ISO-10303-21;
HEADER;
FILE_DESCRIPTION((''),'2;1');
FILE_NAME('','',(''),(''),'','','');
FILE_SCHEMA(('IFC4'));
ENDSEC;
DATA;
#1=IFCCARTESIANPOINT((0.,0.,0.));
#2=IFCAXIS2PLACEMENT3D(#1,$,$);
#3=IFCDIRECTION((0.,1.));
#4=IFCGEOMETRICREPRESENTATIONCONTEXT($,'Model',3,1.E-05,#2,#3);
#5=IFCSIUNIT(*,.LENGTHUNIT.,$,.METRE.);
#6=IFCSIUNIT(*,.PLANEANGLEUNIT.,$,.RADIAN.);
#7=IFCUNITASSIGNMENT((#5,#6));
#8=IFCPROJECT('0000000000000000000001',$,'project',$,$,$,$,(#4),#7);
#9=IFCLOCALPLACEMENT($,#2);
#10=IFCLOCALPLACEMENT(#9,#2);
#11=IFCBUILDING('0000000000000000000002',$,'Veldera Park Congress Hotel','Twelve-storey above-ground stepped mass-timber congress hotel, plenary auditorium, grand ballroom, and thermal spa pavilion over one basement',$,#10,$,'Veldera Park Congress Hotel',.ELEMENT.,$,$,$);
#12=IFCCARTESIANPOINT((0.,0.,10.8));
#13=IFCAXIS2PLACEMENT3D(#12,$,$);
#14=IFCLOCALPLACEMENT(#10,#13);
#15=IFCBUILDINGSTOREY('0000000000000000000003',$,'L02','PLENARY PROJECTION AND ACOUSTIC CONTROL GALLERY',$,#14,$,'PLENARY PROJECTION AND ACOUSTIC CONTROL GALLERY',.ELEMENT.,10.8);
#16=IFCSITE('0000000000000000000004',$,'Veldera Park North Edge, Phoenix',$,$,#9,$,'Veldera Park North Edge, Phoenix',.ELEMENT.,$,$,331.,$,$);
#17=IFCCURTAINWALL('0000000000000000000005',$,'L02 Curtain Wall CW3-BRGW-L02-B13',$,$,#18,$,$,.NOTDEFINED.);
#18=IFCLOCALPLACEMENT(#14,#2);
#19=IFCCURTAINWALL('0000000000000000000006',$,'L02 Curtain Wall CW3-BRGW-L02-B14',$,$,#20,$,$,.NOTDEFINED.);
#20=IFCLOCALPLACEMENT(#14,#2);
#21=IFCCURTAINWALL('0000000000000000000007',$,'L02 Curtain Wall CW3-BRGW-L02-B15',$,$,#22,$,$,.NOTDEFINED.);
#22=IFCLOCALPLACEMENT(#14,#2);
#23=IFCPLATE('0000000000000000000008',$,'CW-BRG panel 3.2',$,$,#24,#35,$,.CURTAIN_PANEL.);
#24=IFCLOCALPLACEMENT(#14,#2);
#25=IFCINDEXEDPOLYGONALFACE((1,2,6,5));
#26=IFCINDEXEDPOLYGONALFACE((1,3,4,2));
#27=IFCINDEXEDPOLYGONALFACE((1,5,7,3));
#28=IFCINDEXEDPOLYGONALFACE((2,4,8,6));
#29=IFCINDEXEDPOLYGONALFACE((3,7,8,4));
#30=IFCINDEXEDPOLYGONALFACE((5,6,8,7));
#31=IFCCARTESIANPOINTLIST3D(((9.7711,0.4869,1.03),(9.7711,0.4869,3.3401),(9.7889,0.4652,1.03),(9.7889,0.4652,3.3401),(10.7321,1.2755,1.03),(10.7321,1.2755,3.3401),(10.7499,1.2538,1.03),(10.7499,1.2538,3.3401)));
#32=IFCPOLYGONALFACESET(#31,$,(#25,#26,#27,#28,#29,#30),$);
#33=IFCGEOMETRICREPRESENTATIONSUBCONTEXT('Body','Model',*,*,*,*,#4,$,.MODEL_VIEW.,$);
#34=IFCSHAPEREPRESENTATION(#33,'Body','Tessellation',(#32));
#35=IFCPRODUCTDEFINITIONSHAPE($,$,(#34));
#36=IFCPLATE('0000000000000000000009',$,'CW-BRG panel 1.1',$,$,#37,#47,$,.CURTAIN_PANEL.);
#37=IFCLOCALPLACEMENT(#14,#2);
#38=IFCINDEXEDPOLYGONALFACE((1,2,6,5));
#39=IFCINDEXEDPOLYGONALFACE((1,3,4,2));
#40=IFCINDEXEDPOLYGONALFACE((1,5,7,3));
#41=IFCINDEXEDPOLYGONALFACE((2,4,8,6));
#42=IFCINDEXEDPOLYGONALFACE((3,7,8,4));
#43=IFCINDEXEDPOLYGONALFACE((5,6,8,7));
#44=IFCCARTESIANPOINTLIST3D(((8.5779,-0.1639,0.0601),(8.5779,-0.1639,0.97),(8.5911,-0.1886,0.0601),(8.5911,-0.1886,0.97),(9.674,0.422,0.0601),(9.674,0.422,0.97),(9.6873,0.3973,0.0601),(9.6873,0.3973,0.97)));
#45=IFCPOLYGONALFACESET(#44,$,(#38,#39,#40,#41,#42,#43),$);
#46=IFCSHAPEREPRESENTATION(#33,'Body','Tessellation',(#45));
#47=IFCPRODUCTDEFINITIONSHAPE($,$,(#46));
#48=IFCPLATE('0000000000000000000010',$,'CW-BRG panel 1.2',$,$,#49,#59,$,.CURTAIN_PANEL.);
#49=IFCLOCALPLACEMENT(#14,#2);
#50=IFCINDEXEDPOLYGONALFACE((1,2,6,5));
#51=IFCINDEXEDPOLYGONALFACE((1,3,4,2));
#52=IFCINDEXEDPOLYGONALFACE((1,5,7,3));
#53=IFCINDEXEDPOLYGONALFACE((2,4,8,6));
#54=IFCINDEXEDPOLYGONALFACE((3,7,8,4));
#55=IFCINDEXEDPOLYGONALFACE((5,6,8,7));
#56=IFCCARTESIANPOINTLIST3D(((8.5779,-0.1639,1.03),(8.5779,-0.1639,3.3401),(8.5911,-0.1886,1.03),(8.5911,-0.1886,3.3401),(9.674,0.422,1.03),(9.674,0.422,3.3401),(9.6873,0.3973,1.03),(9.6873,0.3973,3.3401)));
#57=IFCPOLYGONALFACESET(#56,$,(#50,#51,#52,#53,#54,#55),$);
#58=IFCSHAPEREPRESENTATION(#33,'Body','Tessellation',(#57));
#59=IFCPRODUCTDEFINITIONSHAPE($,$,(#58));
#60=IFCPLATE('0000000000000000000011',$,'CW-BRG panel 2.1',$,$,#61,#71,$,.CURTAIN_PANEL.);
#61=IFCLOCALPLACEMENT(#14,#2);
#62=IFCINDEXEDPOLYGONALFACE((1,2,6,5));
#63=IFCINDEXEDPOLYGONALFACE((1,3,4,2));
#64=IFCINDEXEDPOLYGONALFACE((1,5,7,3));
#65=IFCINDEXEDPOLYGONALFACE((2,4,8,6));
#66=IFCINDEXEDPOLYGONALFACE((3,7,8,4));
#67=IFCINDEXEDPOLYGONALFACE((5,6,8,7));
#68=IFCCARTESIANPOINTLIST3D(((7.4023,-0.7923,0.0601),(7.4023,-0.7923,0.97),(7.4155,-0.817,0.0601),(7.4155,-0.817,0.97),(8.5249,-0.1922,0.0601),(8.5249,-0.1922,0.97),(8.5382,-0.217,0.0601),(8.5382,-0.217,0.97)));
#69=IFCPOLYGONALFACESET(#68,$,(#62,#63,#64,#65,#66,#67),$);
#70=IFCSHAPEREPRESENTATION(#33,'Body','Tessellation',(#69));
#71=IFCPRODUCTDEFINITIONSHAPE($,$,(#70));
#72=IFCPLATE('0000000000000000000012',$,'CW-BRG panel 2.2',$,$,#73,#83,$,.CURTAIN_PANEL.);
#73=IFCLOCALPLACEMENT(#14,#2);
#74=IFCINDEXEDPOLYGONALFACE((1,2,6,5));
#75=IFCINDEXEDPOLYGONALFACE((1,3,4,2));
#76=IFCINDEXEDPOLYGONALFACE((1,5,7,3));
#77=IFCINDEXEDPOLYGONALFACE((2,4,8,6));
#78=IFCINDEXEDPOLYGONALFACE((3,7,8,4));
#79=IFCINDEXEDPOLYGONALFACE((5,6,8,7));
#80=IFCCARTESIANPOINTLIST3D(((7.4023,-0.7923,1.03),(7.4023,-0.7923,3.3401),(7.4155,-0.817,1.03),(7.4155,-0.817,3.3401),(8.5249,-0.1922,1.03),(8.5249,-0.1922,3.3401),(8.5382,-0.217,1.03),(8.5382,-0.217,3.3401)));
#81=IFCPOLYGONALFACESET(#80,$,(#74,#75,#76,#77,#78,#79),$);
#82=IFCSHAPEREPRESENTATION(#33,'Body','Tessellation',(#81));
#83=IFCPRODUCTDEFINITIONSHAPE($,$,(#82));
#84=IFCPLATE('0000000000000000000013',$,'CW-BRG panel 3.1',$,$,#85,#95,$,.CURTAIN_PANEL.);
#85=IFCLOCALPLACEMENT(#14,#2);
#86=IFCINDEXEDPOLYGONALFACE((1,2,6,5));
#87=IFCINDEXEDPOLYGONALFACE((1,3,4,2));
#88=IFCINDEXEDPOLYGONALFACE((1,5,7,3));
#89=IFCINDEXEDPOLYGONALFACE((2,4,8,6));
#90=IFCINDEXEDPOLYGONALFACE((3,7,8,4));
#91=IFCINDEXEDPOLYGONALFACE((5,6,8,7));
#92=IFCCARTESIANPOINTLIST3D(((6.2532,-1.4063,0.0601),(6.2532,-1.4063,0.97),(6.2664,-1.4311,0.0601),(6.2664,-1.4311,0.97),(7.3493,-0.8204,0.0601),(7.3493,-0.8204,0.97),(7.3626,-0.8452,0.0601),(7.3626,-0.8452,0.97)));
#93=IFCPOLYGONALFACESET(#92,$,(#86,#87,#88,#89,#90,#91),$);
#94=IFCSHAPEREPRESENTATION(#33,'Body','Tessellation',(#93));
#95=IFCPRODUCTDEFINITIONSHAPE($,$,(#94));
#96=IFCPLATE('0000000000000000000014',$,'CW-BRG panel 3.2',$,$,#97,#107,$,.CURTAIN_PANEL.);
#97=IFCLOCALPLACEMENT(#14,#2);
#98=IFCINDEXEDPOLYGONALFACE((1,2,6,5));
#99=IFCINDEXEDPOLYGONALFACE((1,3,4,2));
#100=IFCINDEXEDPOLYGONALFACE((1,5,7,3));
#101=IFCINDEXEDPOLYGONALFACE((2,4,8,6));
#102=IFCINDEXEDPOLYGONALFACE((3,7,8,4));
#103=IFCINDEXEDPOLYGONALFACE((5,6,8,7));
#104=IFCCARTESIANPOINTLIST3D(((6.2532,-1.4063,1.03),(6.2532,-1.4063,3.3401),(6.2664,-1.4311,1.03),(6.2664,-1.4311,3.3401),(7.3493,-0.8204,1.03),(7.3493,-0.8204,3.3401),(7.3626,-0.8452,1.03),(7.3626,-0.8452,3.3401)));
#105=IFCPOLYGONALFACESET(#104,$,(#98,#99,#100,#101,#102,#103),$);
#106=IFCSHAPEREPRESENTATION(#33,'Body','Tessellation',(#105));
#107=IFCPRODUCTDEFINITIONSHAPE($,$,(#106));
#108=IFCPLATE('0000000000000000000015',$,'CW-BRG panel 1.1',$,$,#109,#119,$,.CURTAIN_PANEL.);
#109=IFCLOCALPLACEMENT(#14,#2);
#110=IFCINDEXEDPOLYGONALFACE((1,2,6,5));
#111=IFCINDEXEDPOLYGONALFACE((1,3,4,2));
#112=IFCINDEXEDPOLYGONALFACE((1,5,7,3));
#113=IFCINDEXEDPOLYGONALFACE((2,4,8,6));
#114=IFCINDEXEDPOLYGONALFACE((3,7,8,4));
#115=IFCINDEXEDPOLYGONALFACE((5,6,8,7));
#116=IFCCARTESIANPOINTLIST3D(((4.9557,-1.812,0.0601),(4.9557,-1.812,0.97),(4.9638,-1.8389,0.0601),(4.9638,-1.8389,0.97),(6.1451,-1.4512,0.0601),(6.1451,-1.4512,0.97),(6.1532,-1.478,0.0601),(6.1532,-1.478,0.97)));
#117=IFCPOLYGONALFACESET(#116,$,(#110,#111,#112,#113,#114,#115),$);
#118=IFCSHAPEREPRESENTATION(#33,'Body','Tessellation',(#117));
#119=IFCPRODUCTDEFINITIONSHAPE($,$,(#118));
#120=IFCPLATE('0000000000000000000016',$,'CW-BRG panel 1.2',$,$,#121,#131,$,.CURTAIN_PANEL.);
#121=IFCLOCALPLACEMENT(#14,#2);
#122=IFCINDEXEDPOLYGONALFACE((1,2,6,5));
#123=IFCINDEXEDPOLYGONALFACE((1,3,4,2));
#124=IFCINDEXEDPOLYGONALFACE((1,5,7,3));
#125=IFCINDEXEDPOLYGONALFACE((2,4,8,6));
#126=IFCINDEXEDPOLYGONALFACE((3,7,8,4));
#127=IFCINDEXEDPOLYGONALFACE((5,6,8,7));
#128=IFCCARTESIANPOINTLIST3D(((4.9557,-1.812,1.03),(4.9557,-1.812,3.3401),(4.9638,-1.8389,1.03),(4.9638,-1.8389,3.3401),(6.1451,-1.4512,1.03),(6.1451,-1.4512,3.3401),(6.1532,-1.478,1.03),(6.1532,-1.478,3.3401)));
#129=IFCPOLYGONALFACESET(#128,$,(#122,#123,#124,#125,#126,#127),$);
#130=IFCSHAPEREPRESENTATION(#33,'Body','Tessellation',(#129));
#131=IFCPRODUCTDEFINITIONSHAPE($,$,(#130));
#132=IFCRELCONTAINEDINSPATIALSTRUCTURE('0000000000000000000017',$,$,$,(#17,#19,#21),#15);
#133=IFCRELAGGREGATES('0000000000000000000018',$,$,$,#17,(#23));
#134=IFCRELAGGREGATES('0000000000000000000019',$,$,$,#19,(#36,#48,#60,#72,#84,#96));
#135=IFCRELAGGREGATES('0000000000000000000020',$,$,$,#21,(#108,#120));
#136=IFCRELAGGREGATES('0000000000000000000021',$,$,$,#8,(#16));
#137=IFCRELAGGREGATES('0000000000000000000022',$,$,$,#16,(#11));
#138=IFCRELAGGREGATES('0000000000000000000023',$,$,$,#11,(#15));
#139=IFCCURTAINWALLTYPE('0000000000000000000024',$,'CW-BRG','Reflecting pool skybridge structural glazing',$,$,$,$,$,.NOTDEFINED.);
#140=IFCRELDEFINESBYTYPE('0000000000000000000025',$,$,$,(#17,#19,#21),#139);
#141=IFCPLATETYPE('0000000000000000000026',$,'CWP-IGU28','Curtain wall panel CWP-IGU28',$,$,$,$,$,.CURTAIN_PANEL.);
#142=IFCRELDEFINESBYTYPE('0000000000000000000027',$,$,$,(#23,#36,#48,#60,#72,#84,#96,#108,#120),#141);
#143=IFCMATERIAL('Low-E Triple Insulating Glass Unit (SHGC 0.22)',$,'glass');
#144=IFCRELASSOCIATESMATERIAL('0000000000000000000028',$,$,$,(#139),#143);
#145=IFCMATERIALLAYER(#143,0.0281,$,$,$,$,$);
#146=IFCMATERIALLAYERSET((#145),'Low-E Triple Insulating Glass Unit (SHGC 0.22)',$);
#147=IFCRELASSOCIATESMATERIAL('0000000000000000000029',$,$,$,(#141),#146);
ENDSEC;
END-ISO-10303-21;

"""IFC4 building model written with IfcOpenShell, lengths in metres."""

from ifc_helpers import new_model, si_unit, direction, frame, origin, origin_2d, place, context, subcontext, project, spatial, rectangle, extrude, material, layer, layer_set, type_object, element, aggregate, save


model = new_model("IFC4")

# Units and contexts
model_context = context("Model", 3, precision=1e-05, world=origin(), true_north=direction((0.0, 1.0)))
body_context = subcontext(model_context, "Body", "Model", "MODEL_VIEW")
ifc_project = project(units=[si_unit("LENGTHUNIT", "METRE"), si_unit("PLANEANGLEUNIT", "RADIAN")], contexts=[model_context])

# Site, building, storey
site_placement = place(None, origin())
site = spatial("IfcSite", under=ifc_project, at=site_placement, Name="Veldera Park North Edge, Phoenix", LongName="Veldera Park North Edge, Phoenix", CompositionType="ELEMENT", RefElevation=331.0)
building_placement = place(site_placement, origin())
building = spatial("IfcBuilding", under=site, at=building_placement, Name="Veldera Park Congress Hotel", Description="Twelve-storey above-ground stepped mass-timber congress hotel, plenary auditorium, grand ballroom, and thermal spa pavilion over one basement", LongName="Veldera Park Congress Hotel", CompositionType="ELEMENT")
storey_placement = place(building_placement, frame((0.0, 0.0, 10.8)))
storey = spatial("IfcBuildingStorey", under=building, at=storey_placement, Name="L02", Description="PLENARY PROJECTION AND ACOUSTIC CONTROL GALLERY", LongName="PLENARY PROJECTION AND ACOUSTIC CONTROL GALLERY", CompositionType="ELEMENT", Elevation=10.8)

# Curtain wall
ifc_material_1 = material(Name="Low-E Triple Insulating Glass Unit (SHGC 0.22)", Category="glass")
curtain_wall_type = type_object("IfcCurtainWallType", Name="CW-BRG", Description="Reflecting pool skybridge structural glazing", PredefinedType="NOTDEFINED", material=ifc_material_1)
curtain_wall_1_placement = place(storey_placement, origin())
curtain_wall_1 = element("IfcCurtainWall", 1, at=curtain_wall_1_placement, inside=storey, type_object=curtain_wall_type, Name="L02 Curtain Wall CW3-BRGW-L02-B13", PredefinedType="NOTDEFINED")

# Curtain walls
curtain_wall_2_placement = place(storey_placement, origin())
curtain_wall_2 = element("IfcCurtainWall", 2, at=curtain_wall_2_placement, inside=storey, type_object=curtain_wall_type, Name="L02 Curtain Wall CW3-BRGW-L02-B14", PredefinedType="NOTDEFINED")
curtain_wall_3_placement = place(storey_placement, origin())
curtain_wall_3 = element("IfcCurtainWall", 3, at=curtain_wall_3_placement, inside=storey, type_object=curtain_wall_type, Name="L02 Curtain Wall CW3-BRGW-L02-B15", PredefinedType="NOTDEFINED")

# Plates
ifc_layer = layer(ifc_material_1, 0.0281)
ifc_layer_set = layer_set([ifc_layer], Name="Low-E Triple Insulating Glass Unit (SHGC 0.22)")
plate_type = type_object("IfcPlateType", Name="CWP-IGU28", Description="Curtain wall panel CWP-IGU28", PredefinedType="CURTAIN_PANEL", material=ifc_layer_set)
plate_1_placement = place(storey_placement, frame((10.2605, 0.8704, 1.03), z_axis=(0.0, 0.0, 1.0), x_axis=(-0.773016, -0.634386, 0.0)))
plate_1 = element("IfcPlate", 4, at=plate_1_placement, type_object=plate_type, Name="CW-BRG panel 3.2", PredefinedType="CURTAIN_PANEL", context=body_context, shape_type="SweptSolid", body=[
    extrude(rectangle(XDim=1.2432, YDim=0.0281, at=origin_2d()), origin(), (0.0, 0.0, 1.0), 2.3101),
])
aggregate(curtain_wall_1, [plate_1])
plate_2_placement = place(storey_placement, frame((9.1326, 0.1167, 0.0601), z_axis=(0.0, 0.0, 1.0), x_axis=(-0.881928, -0.471384, 0.0)))
plate_2 = element("IfcPlate", 5, at=plate_2_placement, type_object=plate_type, Name="CW-BRG panel 1.1", PredefinedType="CURTAIN_PANEL", context=body_context, shape_type="SweptSolid", body=[
    extrude(rectangle(XDim=1.2429, YDim=0.0281, at=origin_2d()), origin(), (0.0, 0.0, 1.0), 0.9099),
])
plate_3_placement = place(storey_placement, frame((9.1326, 0.1167, 1.03), z_axis=(0.0, 0.0, 1.0), x_axis=(-0.881928, -0.471384, 0.0)))
plate_3 = element("IfcPlate", 6, at=plate_3_placement, type_object=plate_type, Name="CW-BRG panel 1.2", PredefinedType="CURTAIN_PANEL", context=body_context, shape_type="SweptSolid", body=[
    extrude(rectangle(XDim=1.2429, YDim=0.0281, at=origin_2d()), origin(), (0.0, 0.0, 1.0), 2.3101),
])
plate_4_placement = place(storey_placement, frame((7.9702, -0.5046, 0.0601), z_axis=(0.0, 0.0, 1.0), x_axis=(-0.881928, -0.471384, 0.0)))
plate_4 = element("IfcPlate", 7, at=plate_4_placement, type_object=plate_type, Name="CW-BRG panel 2.1", PredefinedType="CURTAIN_PANEL", context=body_context, shape_type="SweptSolid", body=[
    extrude(rectangle(XDim=1.2729, YDim=0.0281, at=origin_2d()), origin(), (0.0, 0.0, 1.0), 0.9099),
])
plate_5_placement = place(storey_placement, frame((7.9702, -0.5046, 1.03), z_axis=(0.0, 0.0, 1.0), x_axis=(-0.881928, -0.471384, 0.0)))
plate_5 = element("IfcPlate", 8, at=plate_5_placement, type_object=plate_type, Name="CW-BRG panel 2.2", PredefinedType="CURTAIN_PANEL", context=body_context, shape_type="SweptSolid", body=[
    extrude(rectangle(XDim=1.2729, YDim=0.0281, at=origin_2d()), origin(), (0.0, 0.0, 1.0), 2.3101),
])
plate_6_placement = place(storey_placement, frame((6.8079, -1.1257, 0.0601), z_axis=(0.0, 0.0, 1.0), x_axis=(-0.881928, -0.471384, 0.0)))
plate_6 = element("IfcPlate", 9, at=plate_6_placement, type_object=plate_type, Name="CW-BRG panel 3.1", PredefinedType="CURTAIN_PANEL", context=body_context, shape_type="SweptSolid", body=[
    extrude(rectangle(XDim=1.2429, YDim=0.0281, at=origin_2d()), origin(), (0.0, 0.0, 1.0), 0.9099),
])
plate_7_placement = place(storey_placement, frame((6.8079, -1.1257, 1.03), z_axis=(0.0, 0.0, 1.0), x_axis=(-0.881928, -0.471384, 0.0)))
plate_7 = element("IfcPlate", 10, at=plate_7_placement, type_object=plate_type, Name="CW-BRG panel 3.2", PredefinedType="CURTAIN_PANEL", context=body_context, shape_type="SweptSolid", body=[
    extrude(rectangle(XDim=1.2429, YDim=0.0281, at=origin_2d()), origin(), (0.0, 0.0, 1.0), 2.3101),
])
aggregate(curtain_wall_2, [plate_2, plate_3, plate_4, plate_5, plate_6, plate_7])
plate_8_placement = place(storey_placement, frame((5.5544, -1.645, 0.0601), z_axis=(0.0, 0.0, 1.0), x_axis=(-0.956939, -0.29029, 0.0)))
plate_8 = element("IfcPlate", 11, at=plate_8_placement, type_object=plate_type, Name="CW-BRG panel 1.1", PredefinedType="CURTAIN_PANEL", context=body_context, shape_type="SweptSolid", body=[
    extrude(rectangle(XDim=1.2429, YDim=0.0281, at=origin_2d()), origin(), (0.0, 0.0, 1.0), 0.9099),
])
plate_9_placement = place(storey_placement, frame((5.5544, -1.645, 1.03), z_axis=(0.0, 0.0, 1.0), x_axis=(-0.956939, -0.29029, 0.0)))
plate_9 = element("IfcPlate", 12, at=plate_9_placement, type_object=plate_type, Name="CW-BRG panel 1.2", PredefinedType="CURTAIN_PANEL", context=body_context, shape_type="SweptSolid", body=[
    extrude(rectangle(XDim=1.2429, YDim=0.0281, at=origin_2d()), origin(), (0.0, 0.0, 1.0), 2.3101),
])
aggregate(curtain_wall_3, [plate_8, plate_9])

save(model, "model.ifc")
